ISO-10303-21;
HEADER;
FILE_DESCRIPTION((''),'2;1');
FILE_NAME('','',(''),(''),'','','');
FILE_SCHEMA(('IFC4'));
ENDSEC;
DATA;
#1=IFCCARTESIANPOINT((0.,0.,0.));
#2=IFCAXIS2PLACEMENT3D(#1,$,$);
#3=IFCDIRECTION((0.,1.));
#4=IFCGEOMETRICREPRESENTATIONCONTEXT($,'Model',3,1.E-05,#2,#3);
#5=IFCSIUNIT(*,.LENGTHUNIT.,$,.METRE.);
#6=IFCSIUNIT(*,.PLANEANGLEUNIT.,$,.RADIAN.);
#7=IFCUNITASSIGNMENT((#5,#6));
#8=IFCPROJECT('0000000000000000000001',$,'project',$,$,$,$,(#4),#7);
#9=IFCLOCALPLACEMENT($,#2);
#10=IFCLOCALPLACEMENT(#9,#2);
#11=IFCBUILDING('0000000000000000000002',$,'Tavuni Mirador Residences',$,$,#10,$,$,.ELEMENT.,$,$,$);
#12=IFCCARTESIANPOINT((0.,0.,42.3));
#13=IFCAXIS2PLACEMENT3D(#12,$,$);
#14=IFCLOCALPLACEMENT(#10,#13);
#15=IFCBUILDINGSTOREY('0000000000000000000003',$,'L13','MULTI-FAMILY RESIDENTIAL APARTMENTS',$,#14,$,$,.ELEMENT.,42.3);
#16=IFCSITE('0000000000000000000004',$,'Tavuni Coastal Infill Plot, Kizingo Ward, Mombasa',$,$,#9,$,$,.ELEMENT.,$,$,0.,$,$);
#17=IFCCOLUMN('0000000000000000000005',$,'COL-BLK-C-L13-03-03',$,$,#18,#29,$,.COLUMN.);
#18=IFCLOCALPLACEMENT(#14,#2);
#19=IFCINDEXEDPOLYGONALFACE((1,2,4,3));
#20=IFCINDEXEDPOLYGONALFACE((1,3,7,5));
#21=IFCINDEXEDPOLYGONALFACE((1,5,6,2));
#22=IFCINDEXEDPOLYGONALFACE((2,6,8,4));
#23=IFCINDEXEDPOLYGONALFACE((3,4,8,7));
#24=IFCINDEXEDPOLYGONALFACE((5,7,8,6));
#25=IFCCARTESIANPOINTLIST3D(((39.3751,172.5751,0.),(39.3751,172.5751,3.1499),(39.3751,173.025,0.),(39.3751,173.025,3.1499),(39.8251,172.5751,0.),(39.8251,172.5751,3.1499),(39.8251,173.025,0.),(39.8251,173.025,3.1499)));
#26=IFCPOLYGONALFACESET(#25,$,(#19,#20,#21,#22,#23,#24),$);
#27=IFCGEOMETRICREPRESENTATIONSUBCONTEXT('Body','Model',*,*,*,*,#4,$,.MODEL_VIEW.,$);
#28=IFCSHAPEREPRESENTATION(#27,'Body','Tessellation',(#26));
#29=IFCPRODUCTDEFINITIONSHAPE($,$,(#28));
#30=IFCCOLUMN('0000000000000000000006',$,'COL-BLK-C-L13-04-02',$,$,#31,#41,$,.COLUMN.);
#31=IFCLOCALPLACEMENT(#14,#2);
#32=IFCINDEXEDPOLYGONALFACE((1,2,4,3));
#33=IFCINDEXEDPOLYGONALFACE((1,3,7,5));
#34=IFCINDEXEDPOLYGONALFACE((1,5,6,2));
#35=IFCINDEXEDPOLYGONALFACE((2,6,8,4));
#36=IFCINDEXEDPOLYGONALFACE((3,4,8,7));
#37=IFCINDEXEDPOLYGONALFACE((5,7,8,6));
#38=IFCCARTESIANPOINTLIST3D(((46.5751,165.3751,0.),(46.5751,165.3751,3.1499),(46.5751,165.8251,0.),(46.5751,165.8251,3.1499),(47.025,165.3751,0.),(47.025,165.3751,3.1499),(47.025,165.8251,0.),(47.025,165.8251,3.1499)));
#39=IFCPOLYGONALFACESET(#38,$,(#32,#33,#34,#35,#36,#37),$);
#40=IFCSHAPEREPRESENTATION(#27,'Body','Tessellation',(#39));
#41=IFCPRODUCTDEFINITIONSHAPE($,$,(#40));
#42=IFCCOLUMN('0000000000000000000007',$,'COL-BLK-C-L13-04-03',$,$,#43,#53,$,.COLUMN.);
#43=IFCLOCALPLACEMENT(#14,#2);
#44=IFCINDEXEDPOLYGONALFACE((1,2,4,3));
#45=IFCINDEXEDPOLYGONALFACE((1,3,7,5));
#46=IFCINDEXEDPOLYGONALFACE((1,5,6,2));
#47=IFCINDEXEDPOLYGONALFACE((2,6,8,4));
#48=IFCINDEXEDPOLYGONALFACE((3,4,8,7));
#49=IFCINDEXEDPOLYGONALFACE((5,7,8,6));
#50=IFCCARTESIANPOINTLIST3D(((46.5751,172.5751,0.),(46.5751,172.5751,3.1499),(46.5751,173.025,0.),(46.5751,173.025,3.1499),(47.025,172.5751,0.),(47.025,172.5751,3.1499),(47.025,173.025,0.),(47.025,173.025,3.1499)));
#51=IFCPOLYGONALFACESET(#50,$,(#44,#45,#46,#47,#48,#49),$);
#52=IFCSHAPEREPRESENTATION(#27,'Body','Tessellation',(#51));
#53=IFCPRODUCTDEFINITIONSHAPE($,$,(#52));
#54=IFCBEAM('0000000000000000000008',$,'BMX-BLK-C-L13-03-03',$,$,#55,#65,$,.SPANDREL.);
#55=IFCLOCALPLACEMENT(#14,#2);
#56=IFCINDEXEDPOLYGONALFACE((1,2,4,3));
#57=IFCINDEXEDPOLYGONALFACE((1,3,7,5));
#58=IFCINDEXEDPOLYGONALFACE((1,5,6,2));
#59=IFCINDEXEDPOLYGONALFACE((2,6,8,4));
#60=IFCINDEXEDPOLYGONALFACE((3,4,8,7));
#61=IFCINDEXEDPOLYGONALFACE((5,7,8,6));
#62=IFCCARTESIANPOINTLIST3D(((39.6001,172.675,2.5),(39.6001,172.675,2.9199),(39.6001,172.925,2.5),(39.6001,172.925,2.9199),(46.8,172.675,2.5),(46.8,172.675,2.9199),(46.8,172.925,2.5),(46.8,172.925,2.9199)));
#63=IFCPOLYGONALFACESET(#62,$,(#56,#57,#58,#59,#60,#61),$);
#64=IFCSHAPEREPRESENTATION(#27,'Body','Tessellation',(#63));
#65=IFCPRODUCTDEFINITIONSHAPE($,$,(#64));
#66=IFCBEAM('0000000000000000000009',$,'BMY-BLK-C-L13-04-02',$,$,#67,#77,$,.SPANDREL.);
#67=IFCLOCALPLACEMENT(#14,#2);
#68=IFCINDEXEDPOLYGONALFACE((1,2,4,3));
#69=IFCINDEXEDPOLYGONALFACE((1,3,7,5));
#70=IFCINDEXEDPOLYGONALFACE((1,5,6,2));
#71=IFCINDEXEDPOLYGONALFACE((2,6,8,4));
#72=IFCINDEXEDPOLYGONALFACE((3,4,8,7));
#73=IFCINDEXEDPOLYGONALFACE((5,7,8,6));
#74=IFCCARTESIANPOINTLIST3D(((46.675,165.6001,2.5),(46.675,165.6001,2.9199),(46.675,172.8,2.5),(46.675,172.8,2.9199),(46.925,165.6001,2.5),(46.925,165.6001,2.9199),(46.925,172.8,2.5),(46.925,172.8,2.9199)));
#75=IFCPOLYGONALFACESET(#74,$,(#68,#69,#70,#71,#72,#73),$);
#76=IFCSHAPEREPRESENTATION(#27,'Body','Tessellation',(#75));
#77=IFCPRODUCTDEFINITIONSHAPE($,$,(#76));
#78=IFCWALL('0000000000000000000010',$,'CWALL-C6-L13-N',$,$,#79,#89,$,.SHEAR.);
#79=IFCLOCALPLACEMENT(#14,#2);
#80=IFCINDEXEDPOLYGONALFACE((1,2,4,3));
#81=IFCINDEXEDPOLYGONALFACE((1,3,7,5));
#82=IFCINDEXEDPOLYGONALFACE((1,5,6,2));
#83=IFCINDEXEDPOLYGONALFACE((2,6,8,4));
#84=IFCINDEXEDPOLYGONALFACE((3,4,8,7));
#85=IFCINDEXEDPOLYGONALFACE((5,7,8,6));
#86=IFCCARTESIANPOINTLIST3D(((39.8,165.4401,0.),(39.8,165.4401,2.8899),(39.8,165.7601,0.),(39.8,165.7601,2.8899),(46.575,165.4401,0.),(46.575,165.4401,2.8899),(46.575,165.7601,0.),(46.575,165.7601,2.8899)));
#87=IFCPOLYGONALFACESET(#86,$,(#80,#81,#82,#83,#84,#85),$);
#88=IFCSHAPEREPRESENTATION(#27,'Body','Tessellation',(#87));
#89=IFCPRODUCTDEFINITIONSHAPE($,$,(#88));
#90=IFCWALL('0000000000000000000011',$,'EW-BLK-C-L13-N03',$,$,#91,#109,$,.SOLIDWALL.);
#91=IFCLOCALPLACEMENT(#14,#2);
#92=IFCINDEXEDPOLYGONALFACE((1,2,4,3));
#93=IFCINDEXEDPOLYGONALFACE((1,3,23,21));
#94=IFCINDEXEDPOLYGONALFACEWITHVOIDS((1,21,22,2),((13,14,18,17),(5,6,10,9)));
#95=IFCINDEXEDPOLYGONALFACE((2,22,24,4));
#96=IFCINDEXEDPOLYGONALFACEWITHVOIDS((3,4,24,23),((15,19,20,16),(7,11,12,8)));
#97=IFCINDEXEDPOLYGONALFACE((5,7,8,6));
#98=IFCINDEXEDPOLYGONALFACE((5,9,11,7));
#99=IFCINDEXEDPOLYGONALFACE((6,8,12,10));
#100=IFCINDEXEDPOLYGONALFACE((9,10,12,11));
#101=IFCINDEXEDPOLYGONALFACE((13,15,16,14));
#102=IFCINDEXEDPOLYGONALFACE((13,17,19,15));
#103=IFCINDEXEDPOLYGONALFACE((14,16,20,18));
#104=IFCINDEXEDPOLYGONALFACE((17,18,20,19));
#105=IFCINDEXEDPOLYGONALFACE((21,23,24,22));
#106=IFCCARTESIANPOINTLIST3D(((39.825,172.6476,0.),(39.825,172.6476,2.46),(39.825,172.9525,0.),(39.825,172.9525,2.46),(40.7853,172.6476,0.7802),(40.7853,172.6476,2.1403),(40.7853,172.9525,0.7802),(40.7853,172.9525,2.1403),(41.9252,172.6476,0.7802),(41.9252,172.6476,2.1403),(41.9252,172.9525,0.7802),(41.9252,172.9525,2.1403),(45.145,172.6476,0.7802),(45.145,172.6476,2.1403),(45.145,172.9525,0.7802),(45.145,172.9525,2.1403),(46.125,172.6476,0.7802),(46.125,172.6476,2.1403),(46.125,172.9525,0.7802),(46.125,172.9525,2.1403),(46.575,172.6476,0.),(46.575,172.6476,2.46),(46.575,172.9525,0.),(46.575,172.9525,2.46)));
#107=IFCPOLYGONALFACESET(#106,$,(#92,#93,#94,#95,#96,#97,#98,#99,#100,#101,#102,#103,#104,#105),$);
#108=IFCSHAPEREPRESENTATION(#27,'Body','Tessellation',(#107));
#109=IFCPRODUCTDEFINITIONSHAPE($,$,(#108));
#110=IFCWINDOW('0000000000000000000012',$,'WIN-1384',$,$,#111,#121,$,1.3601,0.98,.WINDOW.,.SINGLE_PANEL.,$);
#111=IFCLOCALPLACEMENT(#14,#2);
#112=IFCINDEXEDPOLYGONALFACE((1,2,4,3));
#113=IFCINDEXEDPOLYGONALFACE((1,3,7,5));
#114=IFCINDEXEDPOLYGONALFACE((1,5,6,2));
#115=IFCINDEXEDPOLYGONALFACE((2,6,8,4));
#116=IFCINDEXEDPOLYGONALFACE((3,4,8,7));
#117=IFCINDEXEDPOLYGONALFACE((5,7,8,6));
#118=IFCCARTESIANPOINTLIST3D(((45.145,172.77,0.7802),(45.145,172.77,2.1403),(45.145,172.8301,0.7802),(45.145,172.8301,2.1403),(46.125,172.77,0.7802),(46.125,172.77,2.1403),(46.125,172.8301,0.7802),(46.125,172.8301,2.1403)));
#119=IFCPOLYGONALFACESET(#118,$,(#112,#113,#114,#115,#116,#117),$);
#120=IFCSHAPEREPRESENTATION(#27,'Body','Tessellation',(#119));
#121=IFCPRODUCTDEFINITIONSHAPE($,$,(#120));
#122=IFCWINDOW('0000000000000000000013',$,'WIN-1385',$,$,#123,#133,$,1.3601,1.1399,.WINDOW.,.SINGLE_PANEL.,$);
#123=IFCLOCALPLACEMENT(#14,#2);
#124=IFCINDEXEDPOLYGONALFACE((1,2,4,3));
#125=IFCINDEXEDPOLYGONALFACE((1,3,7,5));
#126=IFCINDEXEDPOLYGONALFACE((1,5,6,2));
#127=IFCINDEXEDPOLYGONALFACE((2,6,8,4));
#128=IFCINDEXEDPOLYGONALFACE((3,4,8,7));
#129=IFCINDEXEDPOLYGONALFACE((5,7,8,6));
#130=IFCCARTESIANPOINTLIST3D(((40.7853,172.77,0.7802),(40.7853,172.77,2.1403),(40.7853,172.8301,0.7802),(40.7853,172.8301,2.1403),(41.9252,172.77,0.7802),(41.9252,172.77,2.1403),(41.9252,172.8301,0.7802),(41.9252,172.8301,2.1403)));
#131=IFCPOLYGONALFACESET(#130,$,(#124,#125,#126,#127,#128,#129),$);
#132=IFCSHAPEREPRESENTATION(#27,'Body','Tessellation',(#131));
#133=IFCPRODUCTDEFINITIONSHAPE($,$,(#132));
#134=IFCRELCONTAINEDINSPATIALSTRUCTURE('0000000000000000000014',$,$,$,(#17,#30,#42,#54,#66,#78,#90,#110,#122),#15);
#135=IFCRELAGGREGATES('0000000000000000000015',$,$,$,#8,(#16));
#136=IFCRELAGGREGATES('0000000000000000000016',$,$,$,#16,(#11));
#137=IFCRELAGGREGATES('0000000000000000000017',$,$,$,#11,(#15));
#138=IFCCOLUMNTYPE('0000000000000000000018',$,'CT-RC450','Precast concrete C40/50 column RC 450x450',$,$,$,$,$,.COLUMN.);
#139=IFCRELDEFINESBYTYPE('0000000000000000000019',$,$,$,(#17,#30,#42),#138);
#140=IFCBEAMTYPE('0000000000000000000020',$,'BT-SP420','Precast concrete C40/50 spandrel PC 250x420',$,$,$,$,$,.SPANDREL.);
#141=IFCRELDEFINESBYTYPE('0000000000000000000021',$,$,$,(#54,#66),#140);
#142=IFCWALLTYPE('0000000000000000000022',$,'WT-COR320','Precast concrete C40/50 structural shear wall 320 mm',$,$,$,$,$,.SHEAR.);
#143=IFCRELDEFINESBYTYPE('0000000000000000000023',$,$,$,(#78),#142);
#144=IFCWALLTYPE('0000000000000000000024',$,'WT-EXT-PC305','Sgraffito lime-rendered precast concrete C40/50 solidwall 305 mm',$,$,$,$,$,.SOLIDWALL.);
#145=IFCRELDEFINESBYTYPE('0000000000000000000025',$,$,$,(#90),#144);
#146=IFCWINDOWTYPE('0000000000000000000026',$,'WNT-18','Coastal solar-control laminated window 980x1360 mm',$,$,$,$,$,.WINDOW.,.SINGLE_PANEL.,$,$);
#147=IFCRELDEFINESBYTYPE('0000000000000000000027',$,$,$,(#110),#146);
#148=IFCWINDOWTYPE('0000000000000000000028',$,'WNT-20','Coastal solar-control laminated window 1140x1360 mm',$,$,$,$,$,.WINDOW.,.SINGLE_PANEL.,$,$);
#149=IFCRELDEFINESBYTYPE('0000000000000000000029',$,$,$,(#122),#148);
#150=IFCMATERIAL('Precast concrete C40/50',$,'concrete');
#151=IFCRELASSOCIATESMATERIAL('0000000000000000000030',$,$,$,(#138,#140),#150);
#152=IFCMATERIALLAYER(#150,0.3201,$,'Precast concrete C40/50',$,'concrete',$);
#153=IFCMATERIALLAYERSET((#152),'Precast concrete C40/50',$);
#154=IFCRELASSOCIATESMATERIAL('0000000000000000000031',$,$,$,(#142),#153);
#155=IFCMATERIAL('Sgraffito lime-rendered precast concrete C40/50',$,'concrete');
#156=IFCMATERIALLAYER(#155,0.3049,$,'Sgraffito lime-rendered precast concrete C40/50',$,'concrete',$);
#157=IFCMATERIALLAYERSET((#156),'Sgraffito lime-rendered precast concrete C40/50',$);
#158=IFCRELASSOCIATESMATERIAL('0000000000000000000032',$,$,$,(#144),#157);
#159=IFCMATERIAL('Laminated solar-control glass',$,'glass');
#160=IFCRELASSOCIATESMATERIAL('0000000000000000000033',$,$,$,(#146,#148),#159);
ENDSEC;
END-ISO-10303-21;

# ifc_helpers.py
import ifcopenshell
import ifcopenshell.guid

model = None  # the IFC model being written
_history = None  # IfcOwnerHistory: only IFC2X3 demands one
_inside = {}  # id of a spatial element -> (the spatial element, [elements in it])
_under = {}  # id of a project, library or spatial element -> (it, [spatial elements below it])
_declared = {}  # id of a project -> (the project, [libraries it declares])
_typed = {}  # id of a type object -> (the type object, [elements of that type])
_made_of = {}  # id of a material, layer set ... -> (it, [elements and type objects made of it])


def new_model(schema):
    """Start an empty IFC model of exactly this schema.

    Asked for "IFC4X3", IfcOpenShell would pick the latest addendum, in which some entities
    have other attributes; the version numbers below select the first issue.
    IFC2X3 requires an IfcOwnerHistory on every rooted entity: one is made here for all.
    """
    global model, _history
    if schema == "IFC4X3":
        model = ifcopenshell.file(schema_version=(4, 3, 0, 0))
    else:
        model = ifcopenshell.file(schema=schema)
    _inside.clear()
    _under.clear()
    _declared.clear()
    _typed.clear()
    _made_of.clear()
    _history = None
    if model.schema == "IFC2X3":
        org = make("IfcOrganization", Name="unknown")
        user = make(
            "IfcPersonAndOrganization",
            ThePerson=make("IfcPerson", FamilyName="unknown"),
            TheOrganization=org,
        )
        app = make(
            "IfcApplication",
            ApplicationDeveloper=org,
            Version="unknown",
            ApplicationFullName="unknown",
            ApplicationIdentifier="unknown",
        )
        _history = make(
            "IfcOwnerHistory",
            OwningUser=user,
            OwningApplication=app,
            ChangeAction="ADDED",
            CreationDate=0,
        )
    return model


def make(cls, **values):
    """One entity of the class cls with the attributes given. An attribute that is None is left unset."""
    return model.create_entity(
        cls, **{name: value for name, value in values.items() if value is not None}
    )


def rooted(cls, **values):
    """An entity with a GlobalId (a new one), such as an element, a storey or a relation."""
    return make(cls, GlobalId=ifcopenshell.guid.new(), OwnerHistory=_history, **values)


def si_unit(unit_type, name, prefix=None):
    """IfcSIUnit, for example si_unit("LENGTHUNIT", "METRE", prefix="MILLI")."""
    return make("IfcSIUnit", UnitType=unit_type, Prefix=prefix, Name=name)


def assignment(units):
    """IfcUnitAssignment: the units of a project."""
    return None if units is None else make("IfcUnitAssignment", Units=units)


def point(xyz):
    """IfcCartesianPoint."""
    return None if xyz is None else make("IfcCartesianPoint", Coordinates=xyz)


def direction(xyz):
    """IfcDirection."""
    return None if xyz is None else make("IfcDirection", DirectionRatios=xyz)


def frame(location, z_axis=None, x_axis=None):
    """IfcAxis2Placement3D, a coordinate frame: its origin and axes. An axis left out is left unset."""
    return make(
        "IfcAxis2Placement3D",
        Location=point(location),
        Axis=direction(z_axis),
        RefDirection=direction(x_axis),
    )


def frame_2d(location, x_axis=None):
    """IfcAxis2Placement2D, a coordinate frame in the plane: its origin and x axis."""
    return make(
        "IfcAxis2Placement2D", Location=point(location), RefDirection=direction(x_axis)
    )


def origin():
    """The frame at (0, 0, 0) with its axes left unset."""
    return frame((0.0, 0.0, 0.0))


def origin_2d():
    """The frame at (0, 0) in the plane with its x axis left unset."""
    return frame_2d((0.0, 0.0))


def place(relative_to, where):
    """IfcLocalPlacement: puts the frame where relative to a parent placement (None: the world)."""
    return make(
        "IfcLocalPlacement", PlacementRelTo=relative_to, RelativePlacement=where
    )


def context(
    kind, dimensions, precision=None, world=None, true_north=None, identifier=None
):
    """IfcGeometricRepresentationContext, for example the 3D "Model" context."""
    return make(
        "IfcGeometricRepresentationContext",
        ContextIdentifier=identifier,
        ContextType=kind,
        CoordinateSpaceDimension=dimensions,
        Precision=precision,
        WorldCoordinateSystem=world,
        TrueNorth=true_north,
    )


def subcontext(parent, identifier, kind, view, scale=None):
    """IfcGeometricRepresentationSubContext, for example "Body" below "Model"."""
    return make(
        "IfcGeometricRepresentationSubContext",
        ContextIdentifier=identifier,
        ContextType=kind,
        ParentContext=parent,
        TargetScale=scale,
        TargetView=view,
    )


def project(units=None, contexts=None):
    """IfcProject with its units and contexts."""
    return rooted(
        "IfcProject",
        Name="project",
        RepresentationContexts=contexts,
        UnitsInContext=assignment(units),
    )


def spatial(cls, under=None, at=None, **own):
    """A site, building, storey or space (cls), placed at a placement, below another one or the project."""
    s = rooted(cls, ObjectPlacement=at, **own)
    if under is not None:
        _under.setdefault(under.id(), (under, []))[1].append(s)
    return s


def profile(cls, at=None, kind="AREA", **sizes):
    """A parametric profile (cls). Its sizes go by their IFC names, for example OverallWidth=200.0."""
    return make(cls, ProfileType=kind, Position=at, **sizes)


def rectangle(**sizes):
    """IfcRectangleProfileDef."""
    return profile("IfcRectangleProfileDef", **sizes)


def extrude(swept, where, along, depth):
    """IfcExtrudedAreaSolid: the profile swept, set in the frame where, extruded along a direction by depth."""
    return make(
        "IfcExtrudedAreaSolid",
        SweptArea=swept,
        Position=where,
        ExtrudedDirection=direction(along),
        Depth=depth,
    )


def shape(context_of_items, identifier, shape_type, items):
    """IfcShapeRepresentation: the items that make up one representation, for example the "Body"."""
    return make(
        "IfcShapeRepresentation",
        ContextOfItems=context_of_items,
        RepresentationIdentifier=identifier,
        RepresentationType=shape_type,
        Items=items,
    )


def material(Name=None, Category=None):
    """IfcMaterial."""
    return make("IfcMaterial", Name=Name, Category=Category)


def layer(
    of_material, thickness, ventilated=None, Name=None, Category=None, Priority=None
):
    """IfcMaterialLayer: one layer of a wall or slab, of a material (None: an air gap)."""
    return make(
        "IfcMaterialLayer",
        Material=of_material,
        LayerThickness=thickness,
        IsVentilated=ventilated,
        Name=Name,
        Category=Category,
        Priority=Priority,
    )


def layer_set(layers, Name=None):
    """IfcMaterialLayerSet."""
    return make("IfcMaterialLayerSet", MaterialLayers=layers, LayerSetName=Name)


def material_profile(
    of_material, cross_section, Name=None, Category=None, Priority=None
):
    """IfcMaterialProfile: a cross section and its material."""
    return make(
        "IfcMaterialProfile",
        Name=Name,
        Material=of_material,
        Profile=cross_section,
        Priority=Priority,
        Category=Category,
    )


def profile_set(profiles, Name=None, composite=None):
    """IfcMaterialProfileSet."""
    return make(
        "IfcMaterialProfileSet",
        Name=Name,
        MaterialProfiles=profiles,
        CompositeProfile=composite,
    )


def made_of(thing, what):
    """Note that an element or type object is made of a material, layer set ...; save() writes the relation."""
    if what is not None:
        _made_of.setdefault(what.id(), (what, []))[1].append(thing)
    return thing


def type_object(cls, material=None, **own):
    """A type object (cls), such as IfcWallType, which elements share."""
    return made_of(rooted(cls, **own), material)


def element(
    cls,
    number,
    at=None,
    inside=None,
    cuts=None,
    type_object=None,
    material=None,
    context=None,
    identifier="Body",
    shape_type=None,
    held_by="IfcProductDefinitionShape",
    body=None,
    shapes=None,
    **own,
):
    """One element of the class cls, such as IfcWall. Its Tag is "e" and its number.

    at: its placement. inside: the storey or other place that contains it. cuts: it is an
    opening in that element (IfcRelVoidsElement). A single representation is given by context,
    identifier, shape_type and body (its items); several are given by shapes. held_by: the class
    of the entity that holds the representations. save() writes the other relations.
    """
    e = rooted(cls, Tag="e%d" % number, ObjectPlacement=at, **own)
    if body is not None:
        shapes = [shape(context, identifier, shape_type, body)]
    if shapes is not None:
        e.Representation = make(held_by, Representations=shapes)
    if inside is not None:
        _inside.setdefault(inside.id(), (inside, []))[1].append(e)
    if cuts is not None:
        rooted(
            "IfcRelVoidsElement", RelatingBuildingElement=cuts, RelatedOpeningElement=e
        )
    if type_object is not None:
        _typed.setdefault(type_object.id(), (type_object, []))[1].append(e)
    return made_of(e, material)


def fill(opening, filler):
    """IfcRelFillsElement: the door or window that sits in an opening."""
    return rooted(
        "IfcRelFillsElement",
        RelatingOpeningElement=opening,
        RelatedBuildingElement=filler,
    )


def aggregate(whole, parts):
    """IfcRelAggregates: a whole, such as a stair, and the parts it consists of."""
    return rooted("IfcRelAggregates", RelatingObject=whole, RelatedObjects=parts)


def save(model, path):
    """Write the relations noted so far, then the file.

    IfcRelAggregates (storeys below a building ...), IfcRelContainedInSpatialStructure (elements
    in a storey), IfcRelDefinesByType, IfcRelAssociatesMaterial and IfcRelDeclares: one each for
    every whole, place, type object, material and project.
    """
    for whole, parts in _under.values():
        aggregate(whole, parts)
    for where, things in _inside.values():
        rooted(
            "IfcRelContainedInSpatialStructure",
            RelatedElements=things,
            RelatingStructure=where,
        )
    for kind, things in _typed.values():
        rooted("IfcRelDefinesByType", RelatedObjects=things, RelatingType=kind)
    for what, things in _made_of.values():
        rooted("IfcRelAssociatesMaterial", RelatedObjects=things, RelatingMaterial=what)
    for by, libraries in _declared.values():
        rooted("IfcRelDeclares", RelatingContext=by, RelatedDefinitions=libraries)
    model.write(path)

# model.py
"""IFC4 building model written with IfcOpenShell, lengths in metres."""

from ifc_helpers import new_model, si_unit, direction, frame, frame_2d, origin, origin_2d, place, context, subcontext, project, spatial, rectangle, extrude, material, layer, layer_set, material_profile, profile_set, type_object, element, fill, save


model = new_model("IFC4")

# Units and contexts
model_context = context("Model", 3, precision=1e-05, world=origin(), true_north=direction((0.0, 1.0)))
body_context = subcontext(model_context, "Body", "Model", "MODEL_VIEW")
ifc_project = project(units=[si_unit("LENGTHUNIT", "METRE"), si_unit("PLANEANGLEUNIT", "RADIAN")], contexts=[model_context])

# Site, building, storey
site_placement = place(None, origin())
site = spatial("IfcSite", under=ifc_project, at=site_placement, Name="Tavuni Coastal Infill Plot, Kizingo Ward, Mombasa", CompositionType="ELEMENT", RefElevation=0.0)
building_placement = place(site_placement, origin())
building = spatial("IfcBuilding", under=site, at=building_placement, Name="Tavuni Mirador Residences", CompositionType="ELEMENT")
storey_placement = place(building_placement, frame((0.0, 0.0, 42.3)))
storey = spatial("IfcBuildingStorey", under=building, at=storey_placement, Name="L13", Description="MULTI-FAMILY RESIDENTIAL APARTMENTS", CompositionType="ELEMENT", Elevation=42.3)

# Columns
ifc_material_1 = material(Name="Precast concrete C40/50", Category="concrete")
ifc_material_profile_1 = material_profile(ifc_material_1, rectangle(XDim=0.45, YDim=0.45, at=origin_2d()), Name="RC 450x450", Category="concrete")
ifc_profile_set_1 = profile_set([ifc_material_profile_1], Name="Precast concrete C40/50")
column_type = type_object("IfcColumnType", Name="CT-RC450", Description="Precast concrete C40/50 column RC 450x450", PredefinedType="COLUMN", material=ifc_profile_set_1)
for number, where, z_axis, x_axis, name in (
    (1, (39.6001, 172.8, 0.0), (0.0, 0.0, 1.0), (1.0, 0.0, 0.0), "COL-BLK-C-L13-03-03"),
    (2, (46.8, 165.6001, 0.0), (0.0, 0.0, 1.0), (1.0, 0.0, 0.0), "COL-BLK-C-L13-04-02"),
    (3, (46.8, 172.8, 0.0), (0.0, 0.0, 1.0), (1.0, 0.0, 0.0), "COL-BLK-C-L13-04-03"),
):
    element("IfcColumn", number, at=place(storey_placement, frame(where, z_axis=z_axis, x_axis=x_axis)), inside=storey, type_object=column_type, Name=name, PredefinedType="COLUMN", context=body_context, shape_type="SweptSolid", body=[
        extrude(rectangle(XDim=0.45, YDim=0.45, at=origin_2d()), origin(), (0.0, 0.0, 1.0), 3.1499),
    ])

# Beams
ifc_material_profile_2 = material_profile(ifc_material_1, rectangle(XDim=0.25, YDim=0.4199, at=origin_2d()), Name="PC 250x420", Category="concrete")
ifc_profile_set_2 = profile_set([ifc_material_profile_2], Name="Precast concrete C40/50")
beam_type = type_object("IfcBeamType", Name="BT-SP420", Description="Precast concrete C40/50 spandrel PC 250x420", PredefinedType="SPANDREL", material=ifc_profile_set_2)
for number, where, z_axis, x_axis, name in (
    (4, (39.6001, 172.8, 2.71), (1.0, 0.0, 0.0), (0.0, 1.0, 0.0), "BMX-BLK-C-L13-03-03"),
    (5, (46.8, 165.6001, 2.71), (0.0, 1.0, 0.0), (-1.0, 0.0, 0.0), "BMY-BLK-C-L13-04-02"),
):
    element("IfcBeam", number, at=place(storey_placement, frame(where, z_axis=z_axis, x_axis=x_axis)), inside=storey, type_object=beam_type, Name=name, PredefinedType="SPANDREL", context=body_context, shape_type="SweptSolid", body=[
        extrude(rectangle(XDim=0.25, YDim=0.4199, at=origin_2d()), origin(), (0.0, 0.0, 1.0), 7.2),
    ])

# Wall
ifc_layer_1 = layer(ifc_material_1, 0.3201, Name="Precast concrete C40/50", Category="concrete")
ifc_layer_set_1 = layer_set([ifc_layer_1], Name="Precast concrete C40/50")
wall_type_1 = type_object("IfcWallType", Name="WT-COR320", Description="Precast concrete C40/50 structural shear wall 320 mm", PredefinedType="SHEAR", material=ifc_layer_set_1)
wall_1_placement = place(storey_placement, frame((39.8, 165.6001, 0.0), z_axis=(0.0, 0.0, 1.0), x_axis=(1.0, 0.0, 0.0)))
element("IfcWall", 6, at=wall_1_placement, inside=storey, type_object=wall_type_1, Name="CWALL-C6-L13-N", PredefinedType="SHEAR", context=body_context, shape_type="SweptSolid", body=[
    extrude(rectangle(XDim=6.7749, YDim=0.3201, at=frame_2d((3.3875, 0.0))), origin(), (0.0, 0.0, 1.0), 2.8899),
])

# Wall, openings, windows
ifc_material_2 = material(Name="Sgraffito lime-rendered precast concrete C40/50", Category="concrete")
ifc_layer_2 = layer(ifc_material_2, 0.3049, Name="Sgraffito lime-rendered precast concrete C40/50", Category="concrete")
ifc_layer_set_2 = layer_set([ifc_layer_2], Name="Sgraffito lime-rendered precast concrete C40/50")
wall_type_2 = type_object("IfcWallType", Name="WT-EXT-PC305", Description="Sgraffito lime-rendered precast concrete C40/50 solidwall 305 mm", PredefinedType="SOLIDWALL", material=ifc_layer_set_2)
wall_2_placement = place(storey_placement, frame((46.575, 172.8, 0.0), z_axis=(0.0, 0.0, 1.0), x_axis=(-1.0, 0.0, 0.0)))
wall_2 = element("IfcWall", 7, at=wall_2_placement, inside=storey, type_object=wall_type_2, Name="EW-BLK-C-L13-N03", PredefinedType="SOLIDWALL", context=body_context, shape_type="SweptSolid", body=[
    extrude(rectangle(XDim=6.75, YDim=0.3049, at=frame_2d((3.375, 0.0))), origin(), (0.0, 0.0, 1.0), 2.46),
])
opening_1_placement = place(wall_2_placement, frame((0.45, 0.0, 0.78)))
opening_1 = element("IfcOpeningElement", 8, at=opening_1_placement, cuts=wall_2, PredefinedType="OPENING", context=body_context, shape_type="SweptSolid", body=[
    extrude(rectangle(XDim=0.98, YDim=1.3601, at=frame_2d((0.49, 0.6802))), frame((0.0, 0.1626, 0.0), z_axis=(0.0, -1.0, 0.0), x_axis=(1.0, 0.0, 0.0)), (0.0, 0.0, 1.0), 0.325),
])
opening_2_placement = place(wall_2_placement, frame((4.6499, 0.0, 0.78)))
opening_2 = element("IfcOpeningElement", 9, at=opening_2_placement, cuts=wall_2, PredefinedType="OPENING", context=body_context, shape_type="SweptSolid", body=[
    extrude(rectangle(XDim=1.1399, YDim=1.3601, at=frame_2d((0.5698, 0.6802))), frame((0.0, 0.1626, 0.0), z_axis=(0.0, -1.0, 0.0), x_axis=(1.0, 0.0, 0.0)), (0.0, 0.0, 1.0), 0.325),
])
ifc_material_3 = material(Name="Laminated solar-control glass", Category="glass")
window_type_1 = type_object("IfcWindowType", Name="WNT-18", Description="Coastal solar-control laminated window 980x1360 mm", PartitioningType="SINGLE_PANEL", PredefinedType="WINDOW", material=ifc_material_3)
window_1_placement = place(opening_1_placement, origin())
window_1 = element("IfcWindow", 10, at=window_1_placement, inside=storey, type_object=window_type_1, Name="WIN-1384", OverallHeight=1.3601, OverallWidth=0.98, PartitioningType="SINGLE_PANEL", PredefinedType="WINDOW", context=body_context, shape_type="SweptSolid", body=[
    extrude(rectangle(XDim=0.98, YDim=1.3601, at=frame_2d((0.49, 0.6802))), frame((0.0, 0.03, 0.0), z_axis=(0.0, -1.0, 0.0), x_axis=(1.0, 0.0, 0.0)), (0.0, 0.0, 1.0), 0.0601),
])
fill(opening_1, window_1)
window_type_2 = type_object("IfcWindowType", Name="WNT-20", Description="Coastal solar-control laminated window 1140x1360 mm", PartitioningType="SINGLE_PANEL", PredefinedType="WINDOW", material=ifc_material_3)
window_2_placement = place(opening_2_placement, origin())
window_2 = element("IfcWindow", 11, at=window_2_placement, inside=storey, type_object=window_type_2, Name="WIN-1385", OverallHeight=1.3601, OverallWidth=1.1399, PartitioningType="SINGLE_PANEL", PredefinedType="WINDOW", context=body_context, shape_type="SweptSolid", body=[
    extrude(rectangle(XDim=1.1399, YDim=1.3601, at=frame_2d((0.5698, 0.6802))), frame((0.0, 0.03, 0.0), z_axis=(0.0, -1.0, 0.0), x_axis=(1.0, 0.0, 0.0)), (0.0, 0.0, 1.0), 0.0601),
])
fill(opening_2, window_2)

save(model, "model.ifc")
